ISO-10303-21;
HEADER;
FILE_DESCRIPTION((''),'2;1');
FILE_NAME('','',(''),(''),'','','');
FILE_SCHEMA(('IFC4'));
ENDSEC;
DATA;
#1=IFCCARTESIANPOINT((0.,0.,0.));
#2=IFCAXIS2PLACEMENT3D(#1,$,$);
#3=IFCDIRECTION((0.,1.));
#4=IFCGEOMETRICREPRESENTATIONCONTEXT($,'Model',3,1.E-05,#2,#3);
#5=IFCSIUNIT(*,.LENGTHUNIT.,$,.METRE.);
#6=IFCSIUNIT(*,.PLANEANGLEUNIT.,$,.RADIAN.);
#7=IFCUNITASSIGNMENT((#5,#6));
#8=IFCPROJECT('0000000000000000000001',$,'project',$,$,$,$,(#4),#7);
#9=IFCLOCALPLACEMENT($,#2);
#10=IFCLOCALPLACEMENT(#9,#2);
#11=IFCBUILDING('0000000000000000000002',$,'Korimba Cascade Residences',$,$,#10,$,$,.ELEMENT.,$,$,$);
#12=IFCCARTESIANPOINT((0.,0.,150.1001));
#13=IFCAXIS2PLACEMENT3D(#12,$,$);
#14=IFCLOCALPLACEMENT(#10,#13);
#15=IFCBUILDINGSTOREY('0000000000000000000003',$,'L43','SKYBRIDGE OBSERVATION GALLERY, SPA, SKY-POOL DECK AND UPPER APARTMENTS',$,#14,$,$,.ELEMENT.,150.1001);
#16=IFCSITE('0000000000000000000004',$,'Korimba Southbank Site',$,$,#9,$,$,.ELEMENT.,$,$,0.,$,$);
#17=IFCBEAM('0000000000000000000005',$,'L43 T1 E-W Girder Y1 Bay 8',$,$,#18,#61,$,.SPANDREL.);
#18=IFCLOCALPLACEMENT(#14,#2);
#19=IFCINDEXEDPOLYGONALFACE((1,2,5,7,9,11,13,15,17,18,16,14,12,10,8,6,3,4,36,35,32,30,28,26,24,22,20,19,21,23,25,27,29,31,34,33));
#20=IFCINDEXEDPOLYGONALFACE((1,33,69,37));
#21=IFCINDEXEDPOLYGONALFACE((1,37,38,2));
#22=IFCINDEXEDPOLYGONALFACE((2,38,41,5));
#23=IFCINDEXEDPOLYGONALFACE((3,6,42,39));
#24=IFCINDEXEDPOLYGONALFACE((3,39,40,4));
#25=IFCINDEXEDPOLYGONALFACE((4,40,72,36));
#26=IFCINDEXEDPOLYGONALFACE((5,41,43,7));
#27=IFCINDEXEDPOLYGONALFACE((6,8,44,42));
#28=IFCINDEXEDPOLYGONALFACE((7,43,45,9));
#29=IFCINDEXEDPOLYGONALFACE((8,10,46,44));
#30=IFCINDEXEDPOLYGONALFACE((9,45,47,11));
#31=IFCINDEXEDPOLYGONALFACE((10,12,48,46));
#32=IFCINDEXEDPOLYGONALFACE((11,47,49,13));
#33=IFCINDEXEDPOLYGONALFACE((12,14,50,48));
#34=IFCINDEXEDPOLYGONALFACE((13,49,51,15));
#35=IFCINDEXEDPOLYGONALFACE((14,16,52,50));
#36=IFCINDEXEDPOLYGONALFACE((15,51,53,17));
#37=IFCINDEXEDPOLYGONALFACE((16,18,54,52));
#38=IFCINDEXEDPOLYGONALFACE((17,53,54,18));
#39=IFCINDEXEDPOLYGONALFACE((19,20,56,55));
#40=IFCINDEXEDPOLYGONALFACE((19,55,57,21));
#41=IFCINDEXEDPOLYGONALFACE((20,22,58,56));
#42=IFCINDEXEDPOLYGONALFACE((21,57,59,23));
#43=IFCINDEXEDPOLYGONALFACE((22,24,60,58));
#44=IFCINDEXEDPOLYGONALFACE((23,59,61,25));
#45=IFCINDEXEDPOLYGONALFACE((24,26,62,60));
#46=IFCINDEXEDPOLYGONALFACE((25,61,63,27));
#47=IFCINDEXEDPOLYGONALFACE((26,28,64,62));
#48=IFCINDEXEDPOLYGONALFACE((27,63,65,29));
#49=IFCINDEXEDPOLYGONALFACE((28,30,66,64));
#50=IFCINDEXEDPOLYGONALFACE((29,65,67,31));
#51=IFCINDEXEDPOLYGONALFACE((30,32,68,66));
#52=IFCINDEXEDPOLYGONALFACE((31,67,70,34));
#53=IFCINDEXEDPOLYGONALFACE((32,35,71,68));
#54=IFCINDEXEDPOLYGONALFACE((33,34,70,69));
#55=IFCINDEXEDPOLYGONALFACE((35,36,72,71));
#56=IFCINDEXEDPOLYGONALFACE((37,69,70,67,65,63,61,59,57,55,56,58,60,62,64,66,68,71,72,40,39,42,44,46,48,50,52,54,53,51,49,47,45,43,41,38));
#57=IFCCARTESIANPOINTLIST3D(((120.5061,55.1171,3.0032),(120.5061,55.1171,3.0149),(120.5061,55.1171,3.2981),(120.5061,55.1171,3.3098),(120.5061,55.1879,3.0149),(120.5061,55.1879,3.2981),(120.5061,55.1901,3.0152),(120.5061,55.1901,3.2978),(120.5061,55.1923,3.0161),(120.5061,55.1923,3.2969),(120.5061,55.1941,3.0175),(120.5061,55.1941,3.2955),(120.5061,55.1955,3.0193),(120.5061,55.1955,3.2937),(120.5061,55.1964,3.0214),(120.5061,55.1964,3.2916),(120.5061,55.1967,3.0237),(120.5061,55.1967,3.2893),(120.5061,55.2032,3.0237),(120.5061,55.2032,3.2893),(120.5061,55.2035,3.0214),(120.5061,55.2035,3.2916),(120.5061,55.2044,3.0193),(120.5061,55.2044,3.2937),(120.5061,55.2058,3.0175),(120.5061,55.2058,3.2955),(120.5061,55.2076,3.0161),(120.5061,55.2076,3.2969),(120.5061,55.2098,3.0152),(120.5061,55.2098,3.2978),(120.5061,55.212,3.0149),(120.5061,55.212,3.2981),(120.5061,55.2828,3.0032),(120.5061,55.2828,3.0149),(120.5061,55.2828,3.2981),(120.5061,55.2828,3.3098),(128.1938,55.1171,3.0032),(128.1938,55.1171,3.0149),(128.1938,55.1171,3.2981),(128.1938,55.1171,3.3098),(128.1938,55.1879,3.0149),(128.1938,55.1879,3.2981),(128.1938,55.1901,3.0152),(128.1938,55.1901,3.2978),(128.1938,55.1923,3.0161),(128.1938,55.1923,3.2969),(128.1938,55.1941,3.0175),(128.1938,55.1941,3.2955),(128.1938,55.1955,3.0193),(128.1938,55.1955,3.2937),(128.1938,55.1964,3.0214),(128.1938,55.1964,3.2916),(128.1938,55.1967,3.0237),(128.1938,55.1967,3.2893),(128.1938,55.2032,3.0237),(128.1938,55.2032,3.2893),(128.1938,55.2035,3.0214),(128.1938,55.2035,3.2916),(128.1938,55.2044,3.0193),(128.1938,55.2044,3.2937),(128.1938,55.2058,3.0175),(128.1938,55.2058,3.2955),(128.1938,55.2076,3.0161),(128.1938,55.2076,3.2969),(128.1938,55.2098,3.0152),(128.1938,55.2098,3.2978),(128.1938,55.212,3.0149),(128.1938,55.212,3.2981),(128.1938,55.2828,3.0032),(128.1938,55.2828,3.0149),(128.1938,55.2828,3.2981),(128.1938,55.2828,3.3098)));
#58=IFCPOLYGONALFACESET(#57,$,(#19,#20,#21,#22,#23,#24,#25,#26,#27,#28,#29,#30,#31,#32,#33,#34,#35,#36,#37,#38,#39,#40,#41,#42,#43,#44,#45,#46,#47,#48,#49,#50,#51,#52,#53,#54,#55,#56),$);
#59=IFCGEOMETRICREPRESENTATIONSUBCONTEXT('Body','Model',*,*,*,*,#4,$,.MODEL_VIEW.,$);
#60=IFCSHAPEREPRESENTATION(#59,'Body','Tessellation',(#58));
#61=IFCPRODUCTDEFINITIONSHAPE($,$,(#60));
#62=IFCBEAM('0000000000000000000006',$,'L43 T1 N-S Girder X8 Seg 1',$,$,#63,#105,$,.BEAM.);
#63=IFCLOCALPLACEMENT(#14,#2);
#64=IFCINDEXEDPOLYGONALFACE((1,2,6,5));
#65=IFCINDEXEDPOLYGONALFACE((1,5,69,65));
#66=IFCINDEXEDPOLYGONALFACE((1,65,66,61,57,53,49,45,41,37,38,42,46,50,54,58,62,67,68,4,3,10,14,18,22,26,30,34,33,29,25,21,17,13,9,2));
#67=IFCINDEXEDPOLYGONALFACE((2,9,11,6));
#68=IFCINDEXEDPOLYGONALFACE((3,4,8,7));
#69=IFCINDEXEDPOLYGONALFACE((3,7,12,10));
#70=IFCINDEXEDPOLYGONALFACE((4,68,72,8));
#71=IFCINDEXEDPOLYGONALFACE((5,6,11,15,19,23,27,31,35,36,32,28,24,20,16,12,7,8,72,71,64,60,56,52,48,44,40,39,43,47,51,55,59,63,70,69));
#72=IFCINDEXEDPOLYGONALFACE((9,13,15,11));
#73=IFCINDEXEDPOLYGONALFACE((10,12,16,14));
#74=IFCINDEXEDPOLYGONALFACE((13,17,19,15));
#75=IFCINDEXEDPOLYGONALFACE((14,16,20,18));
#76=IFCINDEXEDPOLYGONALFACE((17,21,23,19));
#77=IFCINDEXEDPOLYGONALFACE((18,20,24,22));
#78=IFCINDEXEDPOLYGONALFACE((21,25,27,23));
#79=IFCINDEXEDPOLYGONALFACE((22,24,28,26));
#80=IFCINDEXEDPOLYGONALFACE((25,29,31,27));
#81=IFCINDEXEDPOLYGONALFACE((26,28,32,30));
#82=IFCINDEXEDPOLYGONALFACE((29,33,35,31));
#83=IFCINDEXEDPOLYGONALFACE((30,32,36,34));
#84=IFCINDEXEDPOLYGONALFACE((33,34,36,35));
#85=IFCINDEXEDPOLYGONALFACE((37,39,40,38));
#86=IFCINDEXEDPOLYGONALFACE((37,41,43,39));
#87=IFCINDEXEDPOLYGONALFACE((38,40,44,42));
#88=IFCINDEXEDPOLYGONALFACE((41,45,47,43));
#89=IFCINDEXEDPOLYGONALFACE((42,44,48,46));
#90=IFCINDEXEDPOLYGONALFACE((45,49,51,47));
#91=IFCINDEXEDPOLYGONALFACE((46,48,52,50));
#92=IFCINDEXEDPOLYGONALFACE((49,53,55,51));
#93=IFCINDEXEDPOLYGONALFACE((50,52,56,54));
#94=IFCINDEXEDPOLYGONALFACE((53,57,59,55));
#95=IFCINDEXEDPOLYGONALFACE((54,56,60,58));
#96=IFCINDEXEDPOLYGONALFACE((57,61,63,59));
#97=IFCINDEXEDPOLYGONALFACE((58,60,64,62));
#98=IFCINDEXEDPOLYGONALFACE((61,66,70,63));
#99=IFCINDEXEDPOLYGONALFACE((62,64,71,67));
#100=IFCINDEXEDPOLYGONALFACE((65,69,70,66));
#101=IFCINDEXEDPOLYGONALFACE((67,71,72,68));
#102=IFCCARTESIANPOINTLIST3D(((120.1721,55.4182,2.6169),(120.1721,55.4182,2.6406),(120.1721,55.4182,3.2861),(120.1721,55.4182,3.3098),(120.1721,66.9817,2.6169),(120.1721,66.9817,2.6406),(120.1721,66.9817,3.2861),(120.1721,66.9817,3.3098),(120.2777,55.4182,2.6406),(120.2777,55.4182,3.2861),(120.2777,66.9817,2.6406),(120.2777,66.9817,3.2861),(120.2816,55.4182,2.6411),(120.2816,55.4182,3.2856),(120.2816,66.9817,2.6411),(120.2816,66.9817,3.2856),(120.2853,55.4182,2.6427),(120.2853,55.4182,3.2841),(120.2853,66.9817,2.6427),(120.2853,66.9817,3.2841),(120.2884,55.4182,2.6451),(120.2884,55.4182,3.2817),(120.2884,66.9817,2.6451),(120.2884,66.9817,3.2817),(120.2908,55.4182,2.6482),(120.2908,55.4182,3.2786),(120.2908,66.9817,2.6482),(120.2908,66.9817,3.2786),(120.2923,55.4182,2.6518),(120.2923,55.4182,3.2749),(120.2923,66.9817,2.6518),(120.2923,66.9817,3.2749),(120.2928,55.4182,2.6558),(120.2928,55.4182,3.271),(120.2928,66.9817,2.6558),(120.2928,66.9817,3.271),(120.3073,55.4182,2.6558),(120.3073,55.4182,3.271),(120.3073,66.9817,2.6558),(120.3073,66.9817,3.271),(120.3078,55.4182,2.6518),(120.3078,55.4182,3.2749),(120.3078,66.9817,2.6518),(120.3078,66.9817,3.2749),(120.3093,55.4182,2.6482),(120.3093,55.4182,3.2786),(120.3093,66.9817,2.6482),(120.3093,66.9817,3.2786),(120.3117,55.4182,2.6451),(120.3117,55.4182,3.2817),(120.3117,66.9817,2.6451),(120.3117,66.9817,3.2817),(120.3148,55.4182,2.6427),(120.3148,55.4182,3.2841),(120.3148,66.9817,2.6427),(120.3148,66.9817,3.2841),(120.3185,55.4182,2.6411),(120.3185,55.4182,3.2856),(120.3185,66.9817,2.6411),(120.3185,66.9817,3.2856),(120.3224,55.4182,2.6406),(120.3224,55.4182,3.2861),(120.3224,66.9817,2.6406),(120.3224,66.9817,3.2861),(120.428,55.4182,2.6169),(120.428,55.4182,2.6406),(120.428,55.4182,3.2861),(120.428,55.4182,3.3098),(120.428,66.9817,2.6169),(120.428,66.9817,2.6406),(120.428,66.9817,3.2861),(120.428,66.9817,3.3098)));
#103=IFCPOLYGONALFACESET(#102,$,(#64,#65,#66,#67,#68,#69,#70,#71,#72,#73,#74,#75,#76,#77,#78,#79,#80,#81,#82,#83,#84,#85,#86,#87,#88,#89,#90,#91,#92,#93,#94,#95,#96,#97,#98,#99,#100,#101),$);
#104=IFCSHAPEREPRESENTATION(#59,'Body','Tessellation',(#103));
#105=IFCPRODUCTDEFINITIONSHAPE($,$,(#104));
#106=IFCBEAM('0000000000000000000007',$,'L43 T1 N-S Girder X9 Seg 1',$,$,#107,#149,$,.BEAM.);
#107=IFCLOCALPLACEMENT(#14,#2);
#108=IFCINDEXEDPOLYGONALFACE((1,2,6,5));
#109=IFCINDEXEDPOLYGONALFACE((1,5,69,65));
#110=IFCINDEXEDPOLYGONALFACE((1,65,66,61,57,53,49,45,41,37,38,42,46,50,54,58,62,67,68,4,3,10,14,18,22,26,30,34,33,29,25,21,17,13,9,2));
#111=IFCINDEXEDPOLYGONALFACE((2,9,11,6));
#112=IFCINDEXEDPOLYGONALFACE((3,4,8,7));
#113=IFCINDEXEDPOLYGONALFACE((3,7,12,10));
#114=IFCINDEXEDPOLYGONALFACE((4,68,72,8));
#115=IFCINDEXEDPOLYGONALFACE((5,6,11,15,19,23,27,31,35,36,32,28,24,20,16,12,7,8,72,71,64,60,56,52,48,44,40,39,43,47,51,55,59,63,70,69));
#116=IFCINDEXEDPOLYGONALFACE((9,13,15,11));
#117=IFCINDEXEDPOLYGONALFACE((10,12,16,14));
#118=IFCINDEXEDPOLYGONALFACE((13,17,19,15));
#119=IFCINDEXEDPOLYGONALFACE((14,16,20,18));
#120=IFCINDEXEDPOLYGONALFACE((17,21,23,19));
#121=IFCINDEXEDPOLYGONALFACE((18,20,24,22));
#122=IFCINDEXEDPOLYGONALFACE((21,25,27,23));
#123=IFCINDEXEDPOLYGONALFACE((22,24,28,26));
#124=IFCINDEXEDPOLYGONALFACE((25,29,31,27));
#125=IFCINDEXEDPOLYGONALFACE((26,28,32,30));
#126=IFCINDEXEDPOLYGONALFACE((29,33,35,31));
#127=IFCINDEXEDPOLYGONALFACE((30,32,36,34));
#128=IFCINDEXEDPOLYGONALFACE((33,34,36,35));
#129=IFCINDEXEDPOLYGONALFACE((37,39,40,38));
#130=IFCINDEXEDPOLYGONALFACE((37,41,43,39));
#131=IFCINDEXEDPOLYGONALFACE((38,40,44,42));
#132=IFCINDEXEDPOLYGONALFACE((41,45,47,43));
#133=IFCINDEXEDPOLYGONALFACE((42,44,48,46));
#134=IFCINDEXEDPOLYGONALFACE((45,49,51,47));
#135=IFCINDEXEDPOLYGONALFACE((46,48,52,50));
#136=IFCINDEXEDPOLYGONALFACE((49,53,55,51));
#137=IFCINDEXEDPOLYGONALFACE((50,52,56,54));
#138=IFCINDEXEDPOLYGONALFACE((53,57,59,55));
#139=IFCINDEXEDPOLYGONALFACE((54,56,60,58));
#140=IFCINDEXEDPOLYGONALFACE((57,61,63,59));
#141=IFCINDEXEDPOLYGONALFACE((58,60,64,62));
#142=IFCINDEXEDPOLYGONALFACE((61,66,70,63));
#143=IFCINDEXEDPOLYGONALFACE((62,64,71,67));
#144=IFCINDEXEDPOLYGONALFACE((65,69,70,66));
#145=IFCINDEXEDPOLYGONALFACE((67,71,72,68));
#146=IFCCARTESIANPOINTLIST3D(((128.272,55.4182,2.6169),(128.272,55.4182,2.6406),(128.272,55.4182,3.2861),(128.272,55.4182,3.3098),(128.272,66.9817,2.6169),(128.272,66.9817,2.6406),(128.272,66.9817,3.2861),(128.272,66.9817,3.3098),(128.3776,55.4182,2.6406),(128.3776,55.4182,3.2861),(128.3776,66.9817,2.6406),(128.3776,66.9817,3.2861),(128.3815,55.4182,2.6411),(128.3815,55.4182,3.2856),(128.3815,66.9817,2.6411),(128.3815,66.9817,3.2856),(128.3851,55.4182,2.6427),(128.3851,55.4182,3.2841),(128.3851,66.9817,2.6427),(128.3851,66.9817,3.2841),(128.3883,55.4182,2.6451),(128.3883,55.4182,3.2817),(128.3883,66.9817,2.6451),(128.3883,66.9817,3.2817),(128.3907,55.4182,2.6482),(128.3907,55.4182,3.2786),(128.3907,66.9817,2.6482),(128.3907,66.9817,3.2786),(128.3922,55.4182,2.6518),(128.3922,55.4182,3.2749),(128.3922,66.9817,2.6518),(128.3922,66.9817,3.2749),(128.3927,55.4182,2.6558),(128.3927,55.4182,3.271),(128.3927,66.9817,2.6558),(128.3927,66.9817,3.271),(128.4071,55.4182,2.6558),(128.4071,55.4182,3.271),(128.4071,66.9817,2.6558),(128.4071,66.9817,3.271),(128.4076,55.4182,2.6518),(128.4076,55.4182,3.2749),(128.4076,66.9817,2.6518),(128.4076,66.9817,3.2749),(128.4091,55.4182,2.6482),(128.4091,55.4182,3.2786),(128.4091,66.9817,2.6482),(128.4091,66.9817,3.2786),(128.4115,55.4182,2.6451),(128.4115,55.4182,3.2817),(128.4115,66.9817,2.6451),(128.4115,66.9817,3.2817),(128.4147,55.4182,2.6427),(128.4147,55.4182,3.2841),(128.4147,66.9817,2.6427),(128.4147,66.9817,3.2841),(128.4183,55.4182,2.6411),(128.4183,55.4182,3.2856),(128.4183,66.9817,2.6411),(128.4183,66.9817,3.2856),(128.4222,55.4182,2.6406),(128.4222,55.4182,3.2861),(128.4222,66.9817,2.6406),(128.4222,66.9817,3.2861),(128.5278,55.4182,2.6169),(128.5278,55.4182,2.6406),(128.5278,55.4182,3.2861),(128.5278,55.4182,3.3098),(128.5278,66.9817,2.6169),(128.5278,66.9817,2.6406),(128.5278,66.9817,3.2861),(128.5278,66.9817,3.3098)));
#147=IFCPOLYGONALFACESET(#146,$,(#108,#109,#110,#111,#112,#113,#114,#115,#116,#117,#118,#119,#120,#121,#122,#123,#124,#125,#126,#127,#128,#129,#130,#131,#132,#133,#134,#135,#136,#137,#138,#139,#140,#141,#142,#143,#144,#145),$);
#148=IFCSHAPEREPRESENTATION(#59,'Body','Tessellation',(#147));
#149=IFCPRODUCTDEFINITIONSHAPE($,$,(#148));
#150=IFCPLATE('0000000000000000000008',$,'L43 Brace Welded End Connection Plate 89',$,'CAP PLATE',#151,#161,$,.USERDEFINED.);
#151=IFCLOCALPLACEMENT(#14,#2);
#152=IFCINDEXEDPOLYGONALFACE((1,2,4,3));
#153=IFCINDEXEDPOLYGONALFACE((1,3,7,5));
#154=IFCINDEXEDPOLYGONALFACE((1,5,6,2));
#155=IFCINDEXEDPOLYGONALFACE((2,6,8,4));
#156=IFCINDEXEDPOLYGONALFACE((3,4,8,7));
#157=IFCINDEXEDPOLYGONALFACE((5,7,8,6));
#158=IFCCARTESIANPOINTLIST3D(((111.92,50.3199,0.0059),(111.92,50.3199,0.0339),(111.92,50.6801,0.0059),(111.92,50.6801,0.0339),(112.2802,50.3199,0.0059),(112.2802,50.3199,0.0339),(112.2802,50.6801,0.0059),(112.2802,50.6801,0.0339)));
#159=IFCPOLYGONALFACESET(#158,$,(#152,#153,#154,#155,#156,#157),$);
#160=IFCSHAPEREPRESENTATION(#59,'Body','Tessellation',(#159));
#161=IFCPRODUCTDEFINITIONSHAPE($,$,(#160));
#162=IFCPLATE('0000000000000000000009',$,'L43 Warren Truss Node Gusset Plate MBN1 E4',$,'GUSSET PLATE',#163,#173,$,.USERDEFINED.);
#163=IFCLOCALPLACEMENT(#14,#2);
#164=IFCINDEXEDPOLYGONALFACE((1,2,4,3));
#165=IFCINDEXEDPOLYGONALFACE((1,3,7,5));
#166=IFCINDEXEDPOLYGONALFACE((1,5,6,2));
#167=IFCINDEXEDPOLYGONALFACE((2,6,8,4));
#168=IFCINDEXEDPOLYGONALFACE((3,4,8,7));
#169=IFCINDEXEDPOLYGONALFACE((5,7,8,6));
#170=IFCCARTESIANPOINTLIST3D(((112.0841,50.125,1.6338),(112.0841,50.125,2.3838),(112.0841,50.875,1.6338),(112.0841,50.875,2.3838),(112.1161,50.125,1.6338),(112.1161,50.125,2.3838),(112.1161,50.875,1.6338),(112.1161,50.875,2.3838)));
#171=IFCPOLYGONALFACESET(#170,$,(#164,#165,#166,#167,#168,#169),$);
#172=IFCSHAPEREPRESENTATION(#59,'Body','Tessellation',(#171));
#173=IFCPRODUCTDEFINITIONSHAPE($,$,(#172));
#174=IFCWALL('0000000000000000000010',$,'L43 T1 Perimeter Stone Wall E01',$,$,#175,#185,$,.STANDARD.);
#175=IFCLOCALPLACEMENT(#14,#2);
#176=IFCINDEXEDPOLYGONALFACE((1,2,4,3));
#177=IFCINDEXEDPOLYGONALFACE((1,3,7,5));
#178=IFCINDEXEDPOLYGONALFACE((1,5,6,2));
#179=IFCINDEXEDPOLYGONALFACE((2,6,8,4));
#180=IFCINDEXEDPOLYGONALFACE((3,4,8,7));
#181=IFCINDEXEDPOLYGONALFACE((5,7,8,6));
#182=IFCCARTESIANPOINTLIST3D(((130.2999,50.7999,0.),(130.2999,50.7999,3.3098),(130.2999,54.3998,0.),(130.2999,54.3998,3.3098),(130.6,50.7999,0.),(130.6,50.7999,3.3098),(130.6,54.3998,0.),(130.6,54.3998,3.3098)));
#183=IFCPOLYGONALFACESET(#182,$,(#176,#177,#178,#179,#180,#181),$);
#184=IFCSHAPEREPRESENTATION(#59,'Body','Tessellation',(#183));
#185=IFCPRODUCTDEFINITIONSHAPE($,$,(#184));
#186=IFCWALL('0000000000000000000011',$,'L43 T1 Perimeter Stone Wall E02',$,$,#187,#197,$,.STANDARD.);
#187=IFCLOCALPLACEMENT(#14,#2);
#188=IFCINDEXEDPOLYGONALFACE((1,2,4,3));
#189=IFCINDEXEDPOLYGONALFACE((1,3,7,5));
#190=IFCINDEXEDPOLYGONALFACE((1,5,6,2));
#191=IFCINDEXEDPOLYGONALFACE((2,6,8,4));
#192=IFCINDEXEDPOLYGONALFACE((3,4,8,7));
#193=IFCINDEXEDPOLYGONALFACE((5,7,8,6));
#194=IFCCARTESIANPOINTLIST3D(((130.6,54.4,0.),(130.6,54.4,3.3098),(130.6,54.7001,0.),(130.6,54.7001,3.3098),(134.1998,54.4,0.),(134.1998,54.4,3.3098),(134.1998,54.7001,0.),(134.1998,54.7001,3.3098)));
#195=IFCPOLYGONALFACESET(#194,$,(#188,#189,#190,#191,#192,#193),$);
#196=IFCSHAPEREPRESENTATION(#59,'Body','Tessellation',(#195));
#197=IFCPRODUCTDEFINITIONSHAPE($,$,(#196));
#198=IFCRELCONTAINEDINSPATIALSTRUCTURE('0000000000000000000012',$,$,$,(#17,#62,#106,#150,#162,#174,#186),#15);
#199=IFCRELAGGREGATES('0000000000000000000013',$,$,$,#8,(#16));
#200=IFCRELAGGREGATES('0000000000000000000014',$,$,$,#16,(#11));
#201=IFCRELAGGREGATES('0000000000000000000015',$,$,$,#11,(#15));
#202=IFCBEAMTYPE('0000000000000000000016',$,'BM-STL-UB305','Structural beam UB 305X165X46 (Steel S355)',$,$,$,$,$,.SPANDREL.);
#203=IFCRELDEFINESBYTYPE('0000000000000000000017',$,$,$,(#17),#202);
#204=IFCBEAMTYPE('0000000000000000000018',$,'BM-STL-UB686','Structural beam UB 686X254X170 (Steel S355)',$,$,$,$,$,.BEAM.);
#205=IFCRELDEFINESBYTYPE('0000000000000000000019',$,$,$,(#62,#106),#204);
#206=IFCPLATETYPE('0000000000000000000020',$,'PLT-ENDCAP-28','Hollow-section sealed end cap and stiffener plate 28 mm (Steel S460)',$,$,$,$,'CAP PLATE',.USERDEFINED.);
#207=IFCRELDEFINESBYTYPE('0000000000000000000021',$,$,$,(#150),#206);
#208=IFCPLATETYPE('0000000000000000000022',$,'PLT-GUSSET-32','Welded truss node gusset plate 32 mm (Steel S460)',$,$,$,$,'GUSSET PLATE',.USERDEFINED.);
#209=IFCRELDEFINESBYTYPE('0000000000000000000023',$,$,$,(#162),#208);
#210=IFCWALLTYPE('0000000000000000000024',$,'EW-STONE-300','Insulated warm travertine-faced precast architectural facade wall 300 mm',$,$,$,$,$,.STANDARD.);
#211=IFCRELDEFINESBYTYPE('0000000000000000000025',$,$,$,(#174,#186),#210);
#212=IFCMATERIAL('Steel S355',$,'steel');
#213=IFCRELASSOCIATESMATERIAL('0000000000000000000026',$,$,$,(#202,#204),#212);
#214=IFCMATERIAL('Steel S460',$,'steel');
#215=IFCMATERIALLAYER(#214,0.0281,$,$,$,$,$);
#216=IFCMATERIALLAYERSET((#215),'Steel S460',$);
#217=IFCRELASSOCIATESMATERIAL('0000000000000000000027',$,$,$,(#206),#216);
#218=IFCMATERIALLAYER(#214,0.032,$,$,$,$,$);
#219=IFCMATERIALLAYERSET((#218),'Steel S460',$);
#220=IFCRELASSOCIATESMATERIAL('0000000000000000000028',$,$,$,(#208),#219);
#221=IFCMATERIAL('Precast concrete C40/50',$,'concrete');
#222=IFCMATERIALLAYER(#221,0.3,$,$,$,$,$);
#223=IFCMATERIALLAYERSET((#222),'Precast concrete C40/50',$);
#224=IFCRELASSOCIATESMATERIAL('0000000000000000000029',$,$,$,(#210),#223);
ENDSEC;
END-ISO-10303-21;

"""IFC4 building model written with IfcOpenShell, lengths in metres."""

from ifc_helpers import new_model, si_unit, direction, frame, frame_2d, origin, origin_2d, place, context, subcontext, project, spatial, rectangle, i_section, extrude, material, layer, layer_set, material_profile, profile_set, type_object, element, save


model = new_model("IFC4")

# Units and contexts
model_context = context("Model", 3, precision=1e-05, world=origin(), true_north=direction((0.0, 1.0)))
body_context = subcontext(model_context, "Body", "Model", "MODEL_VIEW")
ifc_project = project(units=[si_unit("LENGTHUNIT", "METRE"), si_unit("PLANEANGLEUNIT", "RADIAN")], contexts=[model_context])

# Site, building, storey
site_placement = place(None, origin())
site = spatial("IfcSite", under=ifc_project, at=site_placement, Name="Korimba Southbank Site", CompositionType="ELEMENT", RefElevation=0.0)
building_placement = place(site_placement, origin())
building = spatial("IfcBuilding", under=site, at=building_placement, Name="Korimba Cascade Residences", CompositionType="ELEMENT")
storey_placement = place(building_placement, frame((0.0, 0.0, 150.1001)))
storey = spatial("IfcBuildingStorey", under=building, at=storey_placement, Name="L43", Description="SKYBRIDGE OBSERVATION GALLERY, SPA, SKY-POOL DECK AND UPPER APARTMENTS", CompositionType="ELEMENT", Elevation=150.1001)

# Shared definitions
ifc_material_1 = material(Name="Steel S460", Category="steel")

# Beams
ifc_material_2 = material(Name="Steel S355", Category="steel")
ifc_material_profile_1 = material_profile(ifc_material_2, i_section(OverallWidth=0.1658, OverallDepth=0.3066, WebThickness=0.0066, FlangeThickness=0.0117, FilletRadius=0.0088, at=origin_2d()), Name="Steel S355")
ifc_profile_set_1 = profile_set([ifc_material_profile_1], Name="Steel S355")
beam_type_1 = type_object("IfcBeamType", Name="BM-STL-UB305", Description="Structural beam UB 305X165X46 (Steel S355)", PredefinedType="SPANDREL", material=ifc_profile_set_1)
beam_1_placement = place(storey_placement, frame((120.5061, 55.2, 3.1565), z_axis=(1.0, 0.0, 0.0), x_axis=(0.0, 1.0, 0.0)))
element("IfcBeam", 1, at=beam_1_placement, inside=storey, type_object=beam_type_1, Name="L43 T1 E-W Girder Y1 Bay 8", PredefinedType="SPANDREL", context=body_context, shape_type="SweptSolid", body=[
    extrude(i_section(OverallWidth=0.1658, OverallDepth=0.3066, WebThickness=0.0066, FlangeThickness=0.0117, FilletRadius=0.0088, at=origin_2d()), origin(), (0.0, 0.0, 1.0), 7.6877),
])
ifc_material_profile_2 = material_profile(ifc_material_2, i_section(OverallWidth=0.2559, OverallDepth=0.6929, WebThickness=0.0144, FlangeThickness=0.0237, FilletRadius=0.0151, at=origin_2d()), Name="Steel S355")
ifc_profile_set_2 = profile_set([ifc_material_profile_2], Name="Steel S355")
beam_type_2 = type_object("IfcBeamType", Name="BM-STL-UB686", Description="Structural beam UB 686X254X170 (Steel S355)", PredefinedType="BEAM", material=ifc_profile_set_2)
for number, where, z_axis, x_axis, name in (
    (2, (120.3, 55.4182, 2.9634), (0.0, 1.0, 0.0), (-1.0, 0.0, 0.0), "L43 T1 N-S Girder X8 Seg 1"),
    (3, (128.3999, 55.4182, 2.9634), (0.0, 1.0, 0.0), (-1.0, 0.0, 0.0), "L43 T1 N-S Girder X9 Seg 1"),
):
    element("IfcBeam", number, at=place(storey_placement, frame(where, z_axis=z_axis, x_axis=x_axis)), inside=storey, type_object=beam_type_2, Name=name, PredefinedType="BEAM", context=body_context, shape_type="SweptSolid", body=[
        extrude(i_section(OverallWidth=0.2559, OverallDepth=0.6929, WebThickness=0.0144, FlangeThickness=0.0237, FilletRadius=0.0151, at=origin_2d()), origin(), (0.0, 0.0, 1.0), 11.5635),
    ])

# Plates
ifc_layer_1 = layer(ifc_material_1, 0.0281)
ifc_layer_set_1 = layer_set([ifc_layer_1], Name="Steel S460")
plate_type_1 = type_object("IfcPlateType", Name="PLT-ENDCAP-28", Description="Hollow-section sealed end cap and stiffener plate 28 mm (Steel S460)", ElementType="CAP PLATE", PredefinedType="USERDEFINED", material=ifc_layer_set_1)
plate_1_placement = place(storey_placement, frame((112.1001, 50.5, 0.0059), z_axis=(0.0, 0.0, 1.0), x_axis=(1.0, 0.0, 0.0)))
element("IfcPlate", 4, at=plate_1_placement, inside=storey, type_object=plate_type_1, Name="L43 Brace Welded End Connection Plate 89", ObjectType="CAP PLATE", PredefinedType="USERDEFINED", context=body_context, shape_type="SweptSolid", body=[
    extrude(rectangle(XDim=0.3601, YDim=0.3601, at=origin_2d()), origin(), (0.0, 0.0, 1.0), 0.0281),
])
ifc_layer_2 = layer(ifc_material_1, 0.032)
ifc_layer_set_2 = layer_set([ifc_layer_2], Name="Steel S460")
plate_type_2 = type_object("IfcPlateType", Name="PLT-GUSSET-32", Description="Welded truss node gusset plate 32 mm (Steel S460)", ElementType="GUSSET PLATE", PredefinedType="USERDEFINED", material=ifc_layer_set_2)
plate_2_placement = place(storey_placement, frame((112.1001, 50.5, 1.6338), z_axis=(0.0, 0.0, 1.0), x_axis=(1.0, 0.0, 0.0)))
element("IfcPlate", 5, at=plate_2_placement, inside=storey, type_object=plate_type_2, Name="L43 Warren Truss Node Gusset Plate MBN1 E4", ObjectType="GUSSET PLATE", PredefinedType="USERDEFINED", context=body_context, shape_type="SweptSolid", body=[
    extrude(rectangle(XDim=0.032, YDim=0.75, at=origin_2d()), origin(), (0.0, 0.0, 1.0), 0.75),
])

# Walls
ifc_material_3 = material(Name="Precast concrete C40/50", Category="concrete")
ifc_layer_3 = layer(ifc_material_3, 0.3)
ifc_layer_set_3 = layer_set([ifc_layer_3], Name="Precast concrete C40/50")
wall_type_1 = type_object("IfcWallType", Name="EW-STONE-300", Description="Insulated warm travertine-faced precast architectural facade wall 300 mm", PredefinedType="STANDARD", material=ifc_layer_set_3)
for number, where, z_axis, x_axis, name in (
    (6, (130.45, 50.8, 0.0), (0.0, 0.0, 1.0), (0.0, 1.0, 0.0), "L43 T1 Perimeter Stone Wall E01"),
    (7, (130.6001, 54.55, 0.0), (0.0, 0.0, 1.0), (1.0, 0.0, 0.0), "L43 T1 Perimeter Stone Wall E02"),
):
    element("IfcWall", number, at=place(storey_placement, frame(where, z_axis=z_axis, x_axis=x_axis)), inside=storey, type_object=wall_type_1, Name=name, PredefinedType="STANDARD", context=body_context, shape_type="SweptSolid", body=[
        extrude(rectangle(XDim=3.5999, YDim=0.3, at=frame_2d((1.7998, 0.0))), origin(), (0.0, 0.0, 1.0), 3.3098),
    ])

save(model, "model.ifc")
